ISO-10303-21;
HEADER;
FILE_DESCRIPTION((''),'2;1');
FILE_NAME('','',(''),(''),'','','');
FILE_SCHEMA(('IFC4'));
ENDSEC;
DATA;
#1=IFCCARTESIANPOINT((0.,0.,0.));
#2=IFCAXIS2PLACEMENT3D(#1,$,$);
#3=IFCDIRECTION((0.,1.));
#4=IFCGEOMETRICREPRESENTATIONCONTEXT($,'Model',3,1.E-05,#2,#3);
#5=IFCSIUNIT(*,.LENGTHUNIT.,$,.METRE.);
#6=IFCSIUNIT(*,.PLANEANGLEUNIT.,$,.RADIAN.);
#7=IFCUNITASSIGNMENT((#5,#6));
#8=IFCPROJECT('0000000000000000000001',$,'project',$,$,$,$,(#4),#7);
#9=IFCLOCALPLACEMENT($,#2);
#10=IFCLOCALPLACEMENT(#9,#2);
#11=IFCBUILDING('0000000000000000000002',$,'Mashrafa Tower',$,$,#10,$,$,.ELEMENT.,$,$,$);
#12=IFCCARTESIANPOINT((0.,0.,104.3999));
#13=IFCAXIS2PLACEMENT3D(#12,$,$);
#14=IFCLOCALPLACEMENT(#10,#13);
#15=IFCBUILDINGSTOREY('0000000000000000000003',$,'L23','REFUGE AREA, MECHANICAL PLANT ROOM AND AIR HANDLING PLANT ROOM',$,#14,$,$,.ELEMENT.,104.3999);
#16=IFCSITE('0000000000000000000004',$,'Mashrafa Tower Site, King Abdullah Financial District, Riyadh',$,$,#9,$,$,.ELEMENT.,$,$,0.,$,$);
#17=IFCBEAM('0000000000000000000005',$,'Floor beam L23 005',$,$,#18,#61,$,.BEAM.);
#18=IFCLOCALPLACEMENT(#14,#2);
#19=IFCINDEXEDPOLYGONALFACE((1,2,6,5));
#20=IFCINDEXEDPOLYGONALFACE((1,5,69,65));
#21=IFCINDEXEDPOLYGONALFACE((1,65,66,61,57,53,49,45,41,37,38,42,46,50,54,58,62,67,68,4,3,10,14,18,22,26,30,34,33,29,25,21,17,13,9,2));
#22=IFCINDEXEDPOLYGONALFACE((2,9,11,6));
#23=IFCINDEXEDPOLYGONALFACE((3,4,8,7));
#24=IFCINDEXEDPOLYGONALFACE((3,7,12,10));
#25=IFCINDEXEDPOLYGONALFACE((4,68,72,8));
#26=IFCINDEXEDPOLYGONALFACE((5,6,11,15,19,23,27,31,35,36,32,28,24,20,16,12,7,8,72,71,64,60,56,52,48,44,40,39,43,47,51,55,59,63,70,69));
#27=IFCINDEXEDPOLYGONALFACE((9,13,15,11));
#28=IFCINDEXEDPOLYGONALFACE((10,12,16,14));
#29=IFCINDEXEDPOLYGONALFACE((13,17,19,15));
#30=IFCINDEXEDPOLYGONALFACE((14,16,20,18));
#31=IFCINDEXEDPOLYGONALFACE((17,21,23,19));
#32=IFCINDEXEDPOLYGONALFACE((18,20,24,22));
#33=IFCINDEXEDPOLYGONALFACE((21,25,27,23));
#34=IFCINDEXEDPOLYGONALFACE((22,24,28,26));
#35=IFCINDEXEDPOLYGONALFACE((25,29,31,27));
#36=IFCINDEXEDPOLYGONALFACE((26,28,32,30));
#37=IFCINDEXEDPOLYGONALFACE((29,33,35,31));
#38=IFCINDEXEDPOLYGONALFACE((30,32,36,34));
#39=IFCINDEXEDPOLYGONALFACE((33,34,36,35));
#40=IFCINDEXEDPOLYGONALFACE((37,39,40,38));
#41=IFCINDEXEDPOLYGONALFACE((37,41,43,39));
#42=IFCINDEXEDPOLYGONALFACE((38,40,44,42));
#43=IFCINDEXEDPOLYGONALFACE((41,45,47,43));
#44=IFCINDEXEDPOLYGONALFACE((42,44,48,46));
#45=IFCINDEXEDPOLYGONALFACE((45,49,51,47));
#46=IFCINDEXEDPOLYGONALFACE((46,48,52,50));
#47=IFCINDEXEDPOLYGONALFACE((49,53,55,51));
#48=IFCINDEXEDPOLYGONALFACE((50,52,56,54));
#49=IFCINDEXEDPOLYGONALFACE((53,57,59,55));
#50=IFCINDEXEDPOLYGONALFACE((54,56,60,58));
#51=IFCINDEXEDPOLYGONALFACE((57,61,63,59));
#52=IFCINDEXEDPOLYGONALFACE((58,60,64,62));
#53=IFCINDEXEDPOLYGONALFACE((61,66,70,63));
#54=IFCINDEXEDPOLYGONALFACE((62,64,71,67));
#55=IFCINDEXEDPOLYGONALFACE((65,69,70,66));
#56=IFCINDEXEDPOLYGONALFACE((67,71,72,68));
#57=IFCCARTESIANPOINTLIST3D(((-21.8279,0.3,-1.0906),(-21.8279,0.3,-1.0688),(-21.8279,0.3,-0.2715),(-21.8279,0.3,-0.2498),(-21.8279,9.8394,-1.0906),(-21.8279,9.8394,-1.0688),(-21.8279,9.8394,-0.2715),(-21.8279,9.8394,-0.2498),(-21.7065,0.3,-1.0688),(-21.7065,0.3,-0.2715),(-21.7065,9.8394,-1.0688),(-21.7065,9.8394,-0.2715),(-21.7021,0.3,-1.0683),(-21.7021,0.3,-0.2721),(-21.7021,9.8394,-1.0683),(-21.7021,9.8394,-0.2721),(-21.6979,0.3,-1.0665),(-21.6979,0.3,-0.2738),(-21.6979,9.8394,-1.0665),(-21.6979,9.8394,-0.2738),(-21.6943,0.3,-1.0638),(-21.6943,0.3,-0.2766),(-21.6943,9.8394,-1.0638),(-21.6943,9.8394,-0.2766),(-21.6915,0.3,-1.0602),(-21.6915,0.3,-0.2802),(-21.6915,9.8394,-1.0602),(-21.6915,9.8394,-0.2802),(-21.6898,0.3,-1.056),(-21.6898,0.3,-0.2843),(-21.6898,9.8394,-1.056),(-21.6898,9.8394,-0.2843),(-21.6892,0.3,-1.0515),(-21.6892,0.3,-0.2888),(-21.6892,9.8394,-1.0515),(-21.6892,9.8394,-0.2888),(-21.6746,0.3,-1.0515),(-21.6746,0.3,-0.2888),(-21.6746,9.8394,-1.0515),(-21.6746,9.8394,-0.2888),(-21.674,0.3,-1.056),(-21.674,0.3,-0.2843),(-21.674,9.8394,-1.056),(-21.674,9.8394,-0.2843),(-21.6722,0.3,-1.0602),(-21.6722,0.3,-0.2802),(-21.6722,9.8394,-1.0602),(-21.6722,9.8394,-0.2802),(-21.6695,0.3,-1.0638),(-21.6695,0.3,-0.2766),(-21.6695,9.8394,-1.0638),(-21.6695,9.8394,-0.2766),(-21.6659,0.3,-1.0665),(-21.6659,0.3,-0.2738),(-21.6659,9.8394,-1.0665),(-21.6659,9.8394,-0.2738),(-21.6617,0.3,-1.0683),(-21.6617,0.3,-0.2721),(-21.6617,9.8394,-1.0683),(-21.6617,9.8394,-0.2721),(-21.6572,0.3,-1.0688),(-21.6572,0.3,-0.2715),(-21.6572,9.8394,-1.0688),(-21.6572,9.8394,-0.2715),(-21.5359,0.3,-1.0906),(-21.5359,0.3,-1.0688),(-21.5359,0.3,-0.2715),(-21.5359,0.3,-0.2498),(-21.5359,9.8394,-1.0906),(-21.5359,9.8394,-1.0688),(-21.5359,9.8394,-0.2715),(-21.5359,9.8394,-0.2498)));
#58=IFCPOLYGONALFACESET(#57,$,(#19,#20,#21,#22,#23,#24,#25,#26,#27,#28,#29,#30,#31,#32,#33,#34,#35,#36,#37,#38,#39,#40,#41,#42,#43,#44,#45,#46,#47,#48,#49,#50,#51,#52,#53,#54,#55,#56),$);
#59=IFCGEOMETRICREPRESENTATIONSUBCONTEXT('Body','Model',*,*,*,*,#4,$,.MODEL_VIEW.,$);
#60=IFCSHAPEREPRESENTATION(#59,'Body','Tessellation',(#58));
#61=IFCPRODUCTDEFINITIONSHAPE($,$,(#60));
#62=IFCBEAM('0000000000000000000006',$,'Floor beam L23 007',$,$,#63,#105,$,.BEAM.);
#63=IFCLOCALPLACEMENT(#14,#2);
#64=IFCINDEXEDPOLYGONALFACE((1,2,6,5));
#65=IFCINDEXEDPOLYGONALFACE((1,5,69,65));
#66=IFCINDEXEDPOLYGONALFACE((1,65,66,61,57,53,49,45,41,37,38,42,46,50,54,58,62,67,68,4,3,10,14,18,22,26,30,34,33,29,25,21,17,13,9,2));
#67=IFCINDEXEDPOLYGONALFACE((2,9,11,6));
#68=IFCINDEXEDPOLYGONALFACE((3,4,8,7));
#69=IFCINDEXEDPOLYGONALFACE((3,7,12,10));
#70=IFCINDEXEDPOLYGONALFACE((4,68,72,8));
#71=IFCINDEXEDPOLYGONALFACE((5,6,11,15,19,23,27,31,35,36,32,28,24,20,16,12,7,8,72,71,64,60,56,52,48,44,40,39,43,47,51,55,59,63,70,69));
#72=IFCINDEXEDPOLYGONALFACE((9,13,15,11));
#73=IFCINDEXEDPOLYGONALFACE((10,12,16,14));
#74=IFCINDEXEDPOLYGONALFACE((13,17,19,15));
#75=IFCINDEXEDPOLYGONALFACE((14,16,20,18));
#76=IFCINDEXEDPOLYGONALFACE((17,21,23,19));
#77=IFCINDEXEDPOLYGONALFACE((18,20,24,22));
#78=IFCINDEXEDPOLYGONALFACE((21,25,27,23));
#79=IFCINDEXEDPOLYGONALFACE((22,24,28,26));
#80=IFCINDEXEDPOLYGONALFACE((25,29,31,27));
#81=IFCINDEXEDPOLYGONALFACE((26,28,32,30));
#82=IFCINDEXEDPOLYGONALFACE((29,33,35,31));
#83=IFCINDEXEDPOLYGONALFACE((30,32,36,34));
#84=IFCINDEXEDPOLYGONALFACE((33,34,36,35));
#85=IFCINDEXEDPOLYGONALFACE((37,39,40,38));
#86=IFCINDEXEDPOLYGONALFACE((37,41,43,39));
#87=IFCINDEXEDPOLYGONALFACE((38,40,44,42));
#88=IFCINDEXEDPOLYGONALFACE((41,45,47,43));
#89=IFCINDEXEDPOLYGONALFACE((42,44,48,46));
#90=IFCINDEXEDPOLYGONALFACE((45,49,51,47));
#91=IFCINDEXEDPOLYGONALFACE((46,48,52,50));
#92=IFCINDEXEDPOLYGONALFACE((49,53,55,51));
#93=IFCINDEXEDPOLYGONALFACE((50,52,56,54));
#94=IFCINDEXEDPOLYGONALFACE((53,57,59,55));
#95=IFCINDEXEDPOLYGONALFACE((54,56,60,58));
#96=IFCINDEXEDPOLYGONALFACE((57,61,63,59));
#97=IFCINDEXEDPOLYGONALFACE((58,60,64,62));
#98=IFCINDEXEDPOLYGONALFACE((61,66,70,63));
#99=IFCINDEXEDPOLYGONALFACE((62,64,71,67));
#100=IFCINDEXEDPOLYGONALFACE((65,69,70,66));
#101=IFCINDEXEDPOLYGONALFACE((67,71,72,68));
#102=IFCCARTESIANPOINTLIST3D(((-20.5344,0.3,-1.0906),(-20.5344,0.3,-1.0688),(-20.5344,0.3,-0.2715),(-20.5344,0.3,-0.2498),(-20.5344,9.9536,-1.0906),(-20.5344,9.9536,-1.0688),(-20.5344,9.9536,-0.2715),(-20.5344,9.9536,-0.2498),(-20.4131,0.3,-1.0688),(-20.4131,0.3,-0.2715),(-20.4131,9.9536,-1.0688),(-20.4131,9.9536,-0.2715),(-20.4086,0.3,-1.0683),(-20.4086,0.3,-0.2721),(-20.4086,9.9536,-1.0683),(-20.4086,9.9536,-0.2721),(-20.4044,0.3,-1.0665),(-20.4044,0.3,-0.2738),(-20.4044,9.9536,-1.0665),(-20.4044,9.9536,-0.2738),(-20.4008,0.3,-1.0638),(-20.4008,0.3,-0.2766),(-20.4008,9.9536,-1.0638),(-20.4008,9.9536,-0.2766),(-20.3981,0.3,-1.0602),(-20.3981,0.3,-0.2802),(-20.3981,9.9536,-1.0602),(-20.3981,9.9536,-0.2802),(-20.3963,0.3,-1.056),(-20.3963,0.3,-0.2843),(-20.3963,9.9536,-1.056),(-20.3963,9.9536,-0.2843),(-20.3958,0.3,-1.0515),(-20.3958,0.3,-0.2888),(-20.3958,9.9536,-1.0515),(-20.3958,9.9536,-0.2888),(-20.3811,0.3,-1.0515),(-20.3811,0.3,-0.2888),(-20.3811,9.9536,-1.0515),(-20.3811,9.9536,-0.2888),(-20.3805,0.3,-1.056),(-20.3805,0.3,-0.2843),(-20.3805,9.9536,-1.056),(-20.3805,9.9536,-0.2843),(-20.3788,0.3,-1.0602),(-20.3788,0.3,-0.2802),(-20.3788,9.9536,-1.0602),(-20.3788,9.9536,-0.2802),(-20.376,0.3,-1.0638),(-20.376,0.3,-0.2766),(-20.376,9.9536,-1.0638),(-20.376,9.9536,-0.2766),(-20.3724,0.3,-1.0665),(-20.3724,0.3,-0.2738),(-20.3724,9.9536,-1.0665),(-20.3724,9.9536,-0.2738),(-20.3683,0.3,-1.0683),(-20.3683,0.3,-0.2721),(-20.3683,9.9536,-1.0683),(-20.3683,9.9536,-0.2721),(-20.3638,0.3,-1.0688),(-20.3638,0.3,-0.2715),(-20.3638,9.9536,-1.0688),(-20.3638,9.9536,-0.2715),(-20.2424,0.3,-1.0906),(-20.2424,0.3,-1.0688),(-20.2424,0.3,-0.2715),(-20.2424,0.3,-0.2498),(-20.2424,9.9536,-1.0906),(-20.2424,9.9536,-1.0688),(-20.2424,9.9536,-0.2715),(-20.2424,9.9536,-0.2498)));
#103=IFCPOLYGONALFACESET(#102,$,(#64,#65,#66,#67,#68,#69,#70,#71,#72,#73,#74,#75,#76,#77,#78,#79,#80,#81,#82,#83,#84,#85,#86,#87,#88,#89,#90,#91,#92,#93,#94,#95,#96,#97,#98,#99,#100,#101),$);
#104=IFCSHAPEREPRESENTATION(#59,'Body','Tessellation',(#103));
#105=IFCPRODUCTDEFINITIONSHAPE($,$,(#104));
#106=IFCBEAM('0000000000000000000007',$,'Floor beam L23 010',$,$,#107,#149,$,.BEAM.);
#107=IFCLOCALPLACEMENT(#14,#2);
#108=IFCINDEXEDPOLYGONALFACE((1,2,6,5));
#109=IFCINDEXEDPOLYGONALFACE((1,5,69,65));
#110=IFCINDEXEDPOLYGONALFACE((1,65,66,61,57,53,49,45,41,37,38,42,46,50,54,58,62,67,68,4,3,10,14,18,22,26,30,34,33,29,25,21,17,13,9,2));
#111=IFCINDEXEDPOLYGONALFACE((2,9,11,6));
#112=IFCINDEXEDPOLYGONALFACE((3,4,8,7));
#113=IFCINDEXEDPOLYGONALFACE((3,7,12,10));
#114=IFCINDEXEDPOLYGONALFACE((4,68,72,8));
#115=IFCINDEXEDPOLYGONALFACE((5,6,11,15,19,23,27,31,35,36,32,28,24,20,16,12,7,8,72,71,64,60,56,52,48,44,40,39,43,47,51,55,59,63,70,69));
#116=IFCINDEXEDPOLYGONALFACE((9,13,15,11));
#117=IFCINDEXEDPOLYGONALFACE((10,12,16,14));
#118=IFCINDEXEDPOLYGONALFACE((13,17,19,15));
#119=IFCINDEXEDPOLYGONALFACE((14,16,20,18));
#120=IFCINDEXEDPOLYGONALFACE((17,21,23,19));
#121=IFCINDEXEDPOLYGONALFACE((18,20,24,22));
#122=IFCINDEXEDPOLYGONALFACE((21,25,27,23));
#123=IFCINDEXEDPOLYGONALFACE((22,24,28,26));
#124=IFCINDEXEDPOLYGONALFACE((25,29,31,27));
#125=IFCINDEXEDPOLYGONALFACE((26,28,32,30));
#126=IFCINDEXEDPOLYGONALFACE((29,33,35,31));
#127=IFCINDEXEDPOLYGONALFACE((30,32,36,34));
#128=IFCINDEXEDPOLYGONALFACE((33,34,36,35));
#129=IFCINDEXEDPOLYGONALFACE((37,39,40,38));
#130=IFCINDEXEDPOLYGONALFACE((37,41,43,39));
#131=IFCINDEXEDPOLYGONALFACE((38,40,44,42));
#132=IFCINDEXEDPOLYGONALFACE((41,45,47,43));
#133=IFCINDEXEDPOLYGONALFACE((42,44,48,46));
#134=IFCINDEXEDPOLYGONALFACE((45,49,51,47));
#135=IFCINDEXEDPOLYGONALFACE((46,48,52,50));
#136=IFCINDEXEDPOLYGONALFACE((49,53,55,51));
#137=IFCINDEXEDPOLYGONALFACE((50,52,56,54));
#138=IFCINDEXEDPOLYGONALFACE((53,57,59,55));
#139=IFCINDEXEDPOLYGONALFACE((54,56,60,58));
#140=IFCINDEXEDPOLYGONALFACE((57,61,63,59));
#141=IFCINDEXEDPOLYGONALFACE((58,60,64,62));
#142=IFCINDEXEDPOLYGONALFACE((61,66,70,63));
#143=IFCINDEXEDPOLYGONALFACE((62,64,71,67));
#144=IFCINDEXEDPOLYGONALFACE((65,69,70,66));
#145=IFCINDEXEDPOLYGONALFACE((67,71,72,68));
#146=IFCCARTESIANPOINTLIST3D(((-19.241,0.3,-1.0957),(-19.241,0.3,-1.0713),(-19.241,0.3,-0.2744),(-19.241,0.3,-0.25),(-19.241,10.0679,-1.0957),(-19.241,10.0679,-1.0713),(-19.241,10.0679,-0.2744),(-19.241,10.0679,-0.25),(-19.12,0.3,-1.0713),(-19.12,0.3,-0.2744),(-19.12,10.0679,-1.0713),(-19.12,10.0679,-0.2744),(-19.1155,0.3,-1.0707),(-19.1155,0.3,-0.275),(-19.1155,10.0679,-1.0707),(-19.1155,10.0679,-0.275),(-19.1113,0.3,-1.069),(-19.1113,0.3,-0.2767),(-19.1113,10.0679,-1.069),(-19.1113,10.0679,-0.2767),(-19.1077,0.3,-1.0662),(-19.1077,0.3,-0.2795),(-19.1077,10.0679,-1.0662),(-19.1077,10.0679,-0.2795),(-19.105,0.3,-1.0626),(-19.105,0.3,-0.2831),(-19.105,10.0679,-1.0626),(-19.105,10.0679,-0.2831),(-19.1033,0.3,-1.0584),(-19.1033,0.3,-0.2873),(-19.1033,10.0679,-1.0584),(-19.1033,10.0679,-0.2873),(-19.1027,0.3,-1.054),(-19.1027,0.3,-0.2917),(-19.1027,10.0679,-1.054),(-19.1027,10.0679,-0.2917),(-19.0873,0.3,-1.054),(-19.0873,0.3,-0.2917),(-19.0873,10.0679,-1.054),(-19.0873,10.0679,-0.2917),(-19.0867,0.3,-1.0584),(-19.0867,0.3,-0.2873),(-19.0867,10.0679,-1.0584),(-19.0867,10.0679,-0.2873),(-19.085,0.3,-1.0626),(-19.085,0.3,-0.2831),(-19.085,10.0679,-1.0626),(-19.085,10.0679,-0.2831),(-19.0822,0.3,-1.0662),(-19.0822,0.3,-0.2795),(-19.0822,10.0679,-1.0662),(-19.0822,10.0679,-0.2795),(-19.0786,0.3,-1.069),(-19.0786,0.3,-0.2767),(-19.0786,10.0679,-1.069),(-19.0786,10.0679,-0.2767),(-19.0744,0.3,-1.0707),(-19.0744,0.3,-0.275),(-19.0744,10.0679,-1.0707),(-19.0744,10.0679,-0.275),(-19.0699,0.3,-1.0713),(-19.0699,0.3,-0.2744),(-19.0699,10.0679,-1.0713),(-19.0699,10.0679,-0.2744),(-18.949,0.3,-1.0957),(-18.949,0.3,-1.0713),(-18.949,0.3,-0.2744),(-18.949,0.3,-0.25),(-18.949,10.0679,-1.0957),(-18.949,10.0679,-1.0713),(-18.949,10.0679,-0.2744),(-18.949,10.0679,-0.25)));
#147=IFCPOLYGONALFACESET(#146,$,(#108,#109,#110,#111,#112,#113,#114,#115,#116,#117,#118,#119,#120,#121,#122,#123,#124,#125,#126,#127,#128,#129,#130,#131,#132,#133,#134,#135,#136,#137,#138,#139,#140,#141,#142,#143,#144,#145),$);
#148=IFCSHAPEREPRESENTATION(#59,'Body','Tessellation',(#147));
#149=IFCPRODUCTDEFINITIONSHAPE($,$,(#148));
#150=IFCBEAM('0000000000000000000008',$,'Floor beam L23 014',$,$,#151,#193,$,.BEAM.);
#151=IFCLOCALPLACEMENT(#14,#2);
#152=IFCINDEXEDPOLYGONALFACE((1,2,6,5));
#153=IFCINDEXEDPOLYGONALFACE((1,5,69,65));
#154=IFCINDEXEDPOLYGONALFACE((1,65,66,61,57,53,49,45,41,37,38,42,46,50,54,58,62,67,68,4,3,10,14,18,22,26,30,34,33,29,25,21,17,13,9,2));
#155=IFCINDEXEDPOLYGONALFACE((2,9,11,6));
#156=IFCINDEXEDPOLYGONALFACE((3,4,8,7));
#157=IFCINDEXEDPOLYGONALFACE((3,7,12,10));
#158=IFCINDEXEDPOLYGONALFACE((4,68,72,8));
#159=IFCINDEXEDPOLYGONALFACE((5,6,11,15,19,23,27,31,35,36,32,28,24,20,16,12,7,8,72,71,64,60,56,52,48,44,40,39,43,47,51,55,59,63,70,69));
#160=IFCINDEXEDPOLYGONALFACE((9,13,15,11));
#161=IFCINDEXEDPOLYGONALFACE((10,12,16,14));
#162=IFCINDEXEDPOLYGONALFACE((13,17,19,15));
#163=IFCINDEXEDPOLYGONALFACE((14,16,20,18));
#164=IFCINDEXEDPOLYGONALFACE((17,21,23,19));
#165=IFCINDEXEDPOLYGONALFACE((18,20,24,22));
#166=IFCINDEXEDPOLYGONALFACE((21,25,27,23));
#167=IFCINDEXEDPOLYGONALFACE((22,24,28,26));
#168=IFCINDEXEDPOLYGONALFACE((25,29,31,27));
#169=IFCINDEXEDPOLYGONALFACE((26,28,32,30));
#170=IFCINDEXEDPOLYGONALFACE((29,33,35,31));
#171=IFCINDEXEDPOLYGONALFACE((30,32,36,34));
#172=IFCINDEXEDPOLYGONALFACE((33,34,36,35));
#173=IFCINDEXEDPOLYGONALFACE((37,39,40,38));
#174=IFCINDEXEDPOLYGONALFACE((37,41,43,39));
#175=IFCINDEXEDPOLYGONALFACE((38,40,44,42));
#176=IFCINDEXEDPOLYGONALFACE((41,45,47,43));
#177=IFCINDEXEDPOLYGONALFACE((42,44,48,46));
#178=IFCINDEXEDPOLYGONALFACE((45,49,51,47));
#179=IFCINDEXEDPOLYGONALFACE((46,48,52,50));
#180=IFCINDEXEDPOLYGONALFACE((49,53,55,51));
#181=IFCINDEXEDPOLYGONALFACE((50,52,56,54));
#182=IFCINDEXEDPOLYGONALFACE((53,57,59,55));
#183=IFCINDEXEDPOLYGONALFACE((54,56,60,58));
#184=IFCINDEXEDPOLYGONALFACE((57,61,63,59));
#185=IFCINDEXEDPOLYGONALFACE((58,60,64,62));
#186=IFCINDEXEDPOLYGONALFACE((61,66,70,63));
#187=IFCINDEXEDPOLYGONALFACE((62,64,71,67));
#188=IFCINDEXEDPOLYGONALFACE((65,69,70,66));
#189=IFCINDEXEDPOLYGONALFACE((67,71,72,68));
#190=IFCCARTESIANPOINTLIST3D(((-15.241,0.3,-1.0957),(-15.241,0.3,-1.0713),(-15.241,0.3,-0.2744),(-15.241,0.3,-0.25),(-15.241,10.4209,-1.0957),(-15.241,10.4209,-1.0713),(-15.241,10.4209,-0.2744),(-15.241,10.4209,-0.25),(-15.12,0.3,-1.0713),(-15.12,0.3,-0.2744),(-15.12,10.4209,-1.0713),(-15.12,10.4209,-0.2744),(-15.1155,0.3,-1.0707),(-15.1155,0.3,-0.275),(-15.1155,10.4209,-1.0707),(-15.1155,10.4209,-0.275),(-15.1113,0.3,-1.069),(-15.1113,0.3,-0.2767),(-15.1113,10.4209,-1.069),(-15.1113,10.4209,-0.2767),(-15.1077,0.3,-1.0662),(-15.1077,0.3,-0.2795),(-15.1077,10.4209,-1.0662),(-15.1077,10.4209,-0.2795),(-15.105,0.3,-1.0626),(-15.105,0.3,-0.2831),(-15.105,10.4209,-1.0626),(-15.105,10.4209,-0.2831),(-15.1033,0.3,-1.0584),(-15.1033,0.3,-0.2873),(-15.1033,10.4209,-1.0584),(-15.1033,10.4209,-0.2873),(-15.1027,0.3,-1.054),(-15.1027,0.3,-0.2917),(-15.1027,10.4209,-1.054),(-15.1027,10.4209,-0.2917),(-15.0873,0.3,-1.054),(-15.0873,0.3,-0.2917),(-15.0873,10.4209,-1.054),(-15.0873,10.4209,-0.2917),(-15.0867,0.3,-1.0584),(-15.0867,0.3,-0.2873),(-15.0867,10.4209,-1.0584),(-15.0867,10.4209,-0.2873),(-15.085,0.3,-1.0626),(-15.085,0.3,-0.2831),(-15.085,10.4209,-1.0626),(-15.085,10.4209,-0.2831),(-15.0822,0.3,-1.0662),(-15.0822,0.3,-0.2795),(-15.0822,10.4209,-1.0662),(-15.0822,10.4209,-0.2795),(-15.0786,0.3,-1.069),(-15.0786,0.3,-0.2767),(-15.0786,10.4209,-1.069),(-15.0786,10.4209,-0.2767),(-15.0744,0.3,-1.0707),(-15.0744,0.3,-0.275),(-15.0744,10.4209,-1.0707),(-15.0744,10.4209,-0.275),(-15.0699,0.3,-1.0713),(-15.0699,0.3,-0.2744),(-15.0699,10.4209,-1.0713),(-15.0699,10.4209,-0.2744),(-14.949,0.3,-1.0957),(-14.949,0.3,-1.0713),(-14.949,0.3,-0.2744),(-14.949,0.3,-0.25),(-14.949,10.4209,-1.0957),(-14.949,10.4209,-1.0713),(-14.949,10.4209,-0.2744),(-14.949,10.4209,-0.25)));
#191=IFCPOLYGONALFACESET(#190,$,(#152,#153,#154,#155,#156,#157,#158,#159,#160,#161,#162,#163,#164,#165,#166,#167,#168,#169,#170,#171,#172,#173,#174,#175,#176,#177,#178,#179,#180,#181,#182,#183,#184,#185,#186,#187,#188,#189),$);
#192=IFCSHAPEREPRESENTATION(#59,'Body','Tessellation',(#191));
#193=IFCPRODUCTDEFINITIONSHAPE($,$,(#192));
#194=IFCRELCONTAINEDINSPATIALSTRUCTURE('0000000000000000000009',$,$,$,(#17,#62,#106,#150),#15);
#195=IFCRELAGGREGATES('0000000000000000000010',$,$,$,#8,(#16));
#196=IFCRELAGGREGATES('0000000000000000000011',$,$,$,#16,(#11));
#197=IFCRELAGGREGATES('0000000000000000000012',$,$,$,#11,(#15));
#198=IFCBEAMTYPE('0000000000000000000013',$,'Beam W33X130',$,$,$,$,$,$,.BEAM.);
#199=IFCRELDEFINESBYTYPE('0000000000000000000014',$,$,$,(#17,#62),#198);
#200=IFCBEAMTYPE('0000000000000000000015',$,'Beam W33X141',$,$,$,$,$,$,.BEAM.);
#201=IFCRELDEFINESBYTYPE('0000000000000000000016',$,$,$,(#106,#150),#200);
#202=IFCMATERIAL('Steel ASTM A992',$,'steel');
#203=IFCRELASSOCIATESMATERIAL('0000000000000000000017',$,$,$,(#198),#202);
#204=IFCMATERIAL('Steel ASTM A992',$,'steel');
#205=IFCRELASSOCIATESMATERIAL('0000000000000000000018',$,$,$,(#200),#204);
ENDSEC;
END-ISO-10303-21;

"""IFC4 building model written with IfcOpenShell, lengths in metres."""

from ifc_helpers import new_model, si_unit, direction, frame, origin, origin_2d, place, context, subcontext, project, spatial, i_section, extrude, material, material_profile, profile_set, type_object, element, save


model = new_model("IFC4")

# Units and contexts
model_context = context("Model", 3, precision=1e-05, world=origin(), true_north=direction((0.0, 1.0)))
body_context = subcontext(model_context, "Body", "Model", "MODEL_VIEW")
ifc_project = project(units=[si_unit("LENGTHUNIT", "METRE"), si_unit("PLANEANGLEUNIT", "RADIAN")], contexts=[model_context])

# Site, building, storey
site_placement = place(None, origin())
site = spatial("IfcSite", under=ifc_project, at=site_placement, Name="Mashrafa Tower Site, King Abdullah Financial District, Riyadh", CompositionType="ELEMENT", RefElevation=0.0)
building_placement = place(site_placement, origin())
building = spatial("IfcBuilding", under=site, at=building_placement, Name="Mashrafa Tower", CompositionType="ELEMENT")
storey_placement = place(building_placement, frame((0.0, 0.0, 104.3999)))
storey = spatial("IfcBuildingStorey", under=building, at=storey_placement, Name="L23", Description="REFUGE AREA, MECHANICAL PLANT ROOM AND AIR HANDLING PLANT ROOM", CompositionType="ELEMENT", Elevation=104.3999)

# Beams
ifc_material_1 = material(Name="Steel ASTM A992", Category="steel")
ifc_material_profile_1 = material_profile(ifc_material_1, i_section(OverallWidth=0.292, OverallDepth=0.8408, WebThickness=0.0146, FlangeThickness=0.0217, FilletRadius=0.0173, at=origin_2d()), Name="W33X130")
ifc_profile_set_1 = profile_set([ifc_material_profile_1], Name="Steel ASTM A992")
beam_type_1 = type_object("IfcBeamType", Name="Beam W33X130", PredefinedType="BEAM", material=ifc_profile_set_1)
beam_1_placement = place(storey_placement, frame((-21.6819, 0.3, -0.6702), z_axis=(0.0, 1.0, 0.0), x_axis=(-1.0, 0.0, 0.0)))
element("IfcBeam", 1, at=beam_1_placement, inside=storey, type_object=beam_type_1, Name="Floor beam L23 005", PredefinedType="BEAM", context=body_context, shape_type="SweptSolid", body=[
    extrude(i_section(OverallWidth=0.292, OverallDepth=0.8408, WebThickness=0.0146, FlangeThickness=0.0217, FilletRadius=0.0173, at=origin_2d()), origin(), (0.0, 0.0, 1.0), 9.5393),
])
beam_2_placement = place(storey_placement, frame((-20.3884, 0.3, -0.6702), z_axis=(0.0, 1.0, 0.0), x_axis=(-1.0, 0.0, 0.0)))
element("IfcBeam", 2, at=beam_2_placement, inside=storey, type_object=beam_type_1, Name="Floor beam L23 007", PredefinedType="BEAM", context=body_context, shape_type="SweptSolid", body=[
    extrude(i_section(OverallWidth=0.292, OverallDepth=0.8408, WebThickness=0.0146, FlangeThickness=0.0217, FilletRadius=0.0173, at=origin_2d()), origin(), (0.0, 0.0, 1.0), 9.6536),
])
ifc_material_2 = material(Name="Steel ASTM A992", Category="steel")
ifc_material_profile_2 = material_profile(ifc_material_2, i_section(OverallWidth=0.292, OverallDepth=0.8457, WebThickness=0.0154, FlangeThickness=0.0244, FilletRadius=0.0173, at=origin_2d()), Name="W33X141")
ifc_profile_set_2 = profile_set([ifc_material_profile_2], Name="Steel ASTM A992")
beam_type_2 = type_object("IfcBeamType", Name="Beam W33X141", PredefinedType="BEAM", material=ifc_profile_set_2)
beam_3_placement = place(storey_placement, frame((-19.095, 0.3, -0.6729), z_axis=(0.0, 1.0, 0.0), x_axis=(-1.0, 0.0, 0.0)))
element("IfcBeam", 3, at=beam_3_placement, inside=storey, type_object=beam_type_2, Name="Floor beam L23 010", PredefinedType="BEAM", context=body_context, shape_type="SweptSolid", body=[
    extrude(i_section(OverallWidth=0.292, OverallDepth=0.8457, WebThickness=0.0154, FlangeThickness=0.0244, FilletRadius=0.0173, at=origin_2d()), origin(), (0.0, 0.0, 1.0), 9.7678),
])
beam_4_placement = place(storey_placement, frame((-15.095, 0.3, -0.6729), z_axis=(0.0, 1.0, 0.0), x_axis=(-1.0, 0.0, 0.0)))
element("IfcBeam", 4, at=beam_4_placement, inside=storey, type_object=beam_type_2, Name="Floor beam L23 014", PredefinedType="BEAM", context=body_context, shape_type="SweptSolid", body=[
    extrude(i_section(OverallWidth=0.292, OverallDepth=0.8457, WebThickness=0.0154, FlangeThickness=0.0244, FilletRadius=0.0173, at=origin_2d()), origin(), (0.0, 0.0, 1.0), 10.1208),
])

save(model, "model.ifc")
